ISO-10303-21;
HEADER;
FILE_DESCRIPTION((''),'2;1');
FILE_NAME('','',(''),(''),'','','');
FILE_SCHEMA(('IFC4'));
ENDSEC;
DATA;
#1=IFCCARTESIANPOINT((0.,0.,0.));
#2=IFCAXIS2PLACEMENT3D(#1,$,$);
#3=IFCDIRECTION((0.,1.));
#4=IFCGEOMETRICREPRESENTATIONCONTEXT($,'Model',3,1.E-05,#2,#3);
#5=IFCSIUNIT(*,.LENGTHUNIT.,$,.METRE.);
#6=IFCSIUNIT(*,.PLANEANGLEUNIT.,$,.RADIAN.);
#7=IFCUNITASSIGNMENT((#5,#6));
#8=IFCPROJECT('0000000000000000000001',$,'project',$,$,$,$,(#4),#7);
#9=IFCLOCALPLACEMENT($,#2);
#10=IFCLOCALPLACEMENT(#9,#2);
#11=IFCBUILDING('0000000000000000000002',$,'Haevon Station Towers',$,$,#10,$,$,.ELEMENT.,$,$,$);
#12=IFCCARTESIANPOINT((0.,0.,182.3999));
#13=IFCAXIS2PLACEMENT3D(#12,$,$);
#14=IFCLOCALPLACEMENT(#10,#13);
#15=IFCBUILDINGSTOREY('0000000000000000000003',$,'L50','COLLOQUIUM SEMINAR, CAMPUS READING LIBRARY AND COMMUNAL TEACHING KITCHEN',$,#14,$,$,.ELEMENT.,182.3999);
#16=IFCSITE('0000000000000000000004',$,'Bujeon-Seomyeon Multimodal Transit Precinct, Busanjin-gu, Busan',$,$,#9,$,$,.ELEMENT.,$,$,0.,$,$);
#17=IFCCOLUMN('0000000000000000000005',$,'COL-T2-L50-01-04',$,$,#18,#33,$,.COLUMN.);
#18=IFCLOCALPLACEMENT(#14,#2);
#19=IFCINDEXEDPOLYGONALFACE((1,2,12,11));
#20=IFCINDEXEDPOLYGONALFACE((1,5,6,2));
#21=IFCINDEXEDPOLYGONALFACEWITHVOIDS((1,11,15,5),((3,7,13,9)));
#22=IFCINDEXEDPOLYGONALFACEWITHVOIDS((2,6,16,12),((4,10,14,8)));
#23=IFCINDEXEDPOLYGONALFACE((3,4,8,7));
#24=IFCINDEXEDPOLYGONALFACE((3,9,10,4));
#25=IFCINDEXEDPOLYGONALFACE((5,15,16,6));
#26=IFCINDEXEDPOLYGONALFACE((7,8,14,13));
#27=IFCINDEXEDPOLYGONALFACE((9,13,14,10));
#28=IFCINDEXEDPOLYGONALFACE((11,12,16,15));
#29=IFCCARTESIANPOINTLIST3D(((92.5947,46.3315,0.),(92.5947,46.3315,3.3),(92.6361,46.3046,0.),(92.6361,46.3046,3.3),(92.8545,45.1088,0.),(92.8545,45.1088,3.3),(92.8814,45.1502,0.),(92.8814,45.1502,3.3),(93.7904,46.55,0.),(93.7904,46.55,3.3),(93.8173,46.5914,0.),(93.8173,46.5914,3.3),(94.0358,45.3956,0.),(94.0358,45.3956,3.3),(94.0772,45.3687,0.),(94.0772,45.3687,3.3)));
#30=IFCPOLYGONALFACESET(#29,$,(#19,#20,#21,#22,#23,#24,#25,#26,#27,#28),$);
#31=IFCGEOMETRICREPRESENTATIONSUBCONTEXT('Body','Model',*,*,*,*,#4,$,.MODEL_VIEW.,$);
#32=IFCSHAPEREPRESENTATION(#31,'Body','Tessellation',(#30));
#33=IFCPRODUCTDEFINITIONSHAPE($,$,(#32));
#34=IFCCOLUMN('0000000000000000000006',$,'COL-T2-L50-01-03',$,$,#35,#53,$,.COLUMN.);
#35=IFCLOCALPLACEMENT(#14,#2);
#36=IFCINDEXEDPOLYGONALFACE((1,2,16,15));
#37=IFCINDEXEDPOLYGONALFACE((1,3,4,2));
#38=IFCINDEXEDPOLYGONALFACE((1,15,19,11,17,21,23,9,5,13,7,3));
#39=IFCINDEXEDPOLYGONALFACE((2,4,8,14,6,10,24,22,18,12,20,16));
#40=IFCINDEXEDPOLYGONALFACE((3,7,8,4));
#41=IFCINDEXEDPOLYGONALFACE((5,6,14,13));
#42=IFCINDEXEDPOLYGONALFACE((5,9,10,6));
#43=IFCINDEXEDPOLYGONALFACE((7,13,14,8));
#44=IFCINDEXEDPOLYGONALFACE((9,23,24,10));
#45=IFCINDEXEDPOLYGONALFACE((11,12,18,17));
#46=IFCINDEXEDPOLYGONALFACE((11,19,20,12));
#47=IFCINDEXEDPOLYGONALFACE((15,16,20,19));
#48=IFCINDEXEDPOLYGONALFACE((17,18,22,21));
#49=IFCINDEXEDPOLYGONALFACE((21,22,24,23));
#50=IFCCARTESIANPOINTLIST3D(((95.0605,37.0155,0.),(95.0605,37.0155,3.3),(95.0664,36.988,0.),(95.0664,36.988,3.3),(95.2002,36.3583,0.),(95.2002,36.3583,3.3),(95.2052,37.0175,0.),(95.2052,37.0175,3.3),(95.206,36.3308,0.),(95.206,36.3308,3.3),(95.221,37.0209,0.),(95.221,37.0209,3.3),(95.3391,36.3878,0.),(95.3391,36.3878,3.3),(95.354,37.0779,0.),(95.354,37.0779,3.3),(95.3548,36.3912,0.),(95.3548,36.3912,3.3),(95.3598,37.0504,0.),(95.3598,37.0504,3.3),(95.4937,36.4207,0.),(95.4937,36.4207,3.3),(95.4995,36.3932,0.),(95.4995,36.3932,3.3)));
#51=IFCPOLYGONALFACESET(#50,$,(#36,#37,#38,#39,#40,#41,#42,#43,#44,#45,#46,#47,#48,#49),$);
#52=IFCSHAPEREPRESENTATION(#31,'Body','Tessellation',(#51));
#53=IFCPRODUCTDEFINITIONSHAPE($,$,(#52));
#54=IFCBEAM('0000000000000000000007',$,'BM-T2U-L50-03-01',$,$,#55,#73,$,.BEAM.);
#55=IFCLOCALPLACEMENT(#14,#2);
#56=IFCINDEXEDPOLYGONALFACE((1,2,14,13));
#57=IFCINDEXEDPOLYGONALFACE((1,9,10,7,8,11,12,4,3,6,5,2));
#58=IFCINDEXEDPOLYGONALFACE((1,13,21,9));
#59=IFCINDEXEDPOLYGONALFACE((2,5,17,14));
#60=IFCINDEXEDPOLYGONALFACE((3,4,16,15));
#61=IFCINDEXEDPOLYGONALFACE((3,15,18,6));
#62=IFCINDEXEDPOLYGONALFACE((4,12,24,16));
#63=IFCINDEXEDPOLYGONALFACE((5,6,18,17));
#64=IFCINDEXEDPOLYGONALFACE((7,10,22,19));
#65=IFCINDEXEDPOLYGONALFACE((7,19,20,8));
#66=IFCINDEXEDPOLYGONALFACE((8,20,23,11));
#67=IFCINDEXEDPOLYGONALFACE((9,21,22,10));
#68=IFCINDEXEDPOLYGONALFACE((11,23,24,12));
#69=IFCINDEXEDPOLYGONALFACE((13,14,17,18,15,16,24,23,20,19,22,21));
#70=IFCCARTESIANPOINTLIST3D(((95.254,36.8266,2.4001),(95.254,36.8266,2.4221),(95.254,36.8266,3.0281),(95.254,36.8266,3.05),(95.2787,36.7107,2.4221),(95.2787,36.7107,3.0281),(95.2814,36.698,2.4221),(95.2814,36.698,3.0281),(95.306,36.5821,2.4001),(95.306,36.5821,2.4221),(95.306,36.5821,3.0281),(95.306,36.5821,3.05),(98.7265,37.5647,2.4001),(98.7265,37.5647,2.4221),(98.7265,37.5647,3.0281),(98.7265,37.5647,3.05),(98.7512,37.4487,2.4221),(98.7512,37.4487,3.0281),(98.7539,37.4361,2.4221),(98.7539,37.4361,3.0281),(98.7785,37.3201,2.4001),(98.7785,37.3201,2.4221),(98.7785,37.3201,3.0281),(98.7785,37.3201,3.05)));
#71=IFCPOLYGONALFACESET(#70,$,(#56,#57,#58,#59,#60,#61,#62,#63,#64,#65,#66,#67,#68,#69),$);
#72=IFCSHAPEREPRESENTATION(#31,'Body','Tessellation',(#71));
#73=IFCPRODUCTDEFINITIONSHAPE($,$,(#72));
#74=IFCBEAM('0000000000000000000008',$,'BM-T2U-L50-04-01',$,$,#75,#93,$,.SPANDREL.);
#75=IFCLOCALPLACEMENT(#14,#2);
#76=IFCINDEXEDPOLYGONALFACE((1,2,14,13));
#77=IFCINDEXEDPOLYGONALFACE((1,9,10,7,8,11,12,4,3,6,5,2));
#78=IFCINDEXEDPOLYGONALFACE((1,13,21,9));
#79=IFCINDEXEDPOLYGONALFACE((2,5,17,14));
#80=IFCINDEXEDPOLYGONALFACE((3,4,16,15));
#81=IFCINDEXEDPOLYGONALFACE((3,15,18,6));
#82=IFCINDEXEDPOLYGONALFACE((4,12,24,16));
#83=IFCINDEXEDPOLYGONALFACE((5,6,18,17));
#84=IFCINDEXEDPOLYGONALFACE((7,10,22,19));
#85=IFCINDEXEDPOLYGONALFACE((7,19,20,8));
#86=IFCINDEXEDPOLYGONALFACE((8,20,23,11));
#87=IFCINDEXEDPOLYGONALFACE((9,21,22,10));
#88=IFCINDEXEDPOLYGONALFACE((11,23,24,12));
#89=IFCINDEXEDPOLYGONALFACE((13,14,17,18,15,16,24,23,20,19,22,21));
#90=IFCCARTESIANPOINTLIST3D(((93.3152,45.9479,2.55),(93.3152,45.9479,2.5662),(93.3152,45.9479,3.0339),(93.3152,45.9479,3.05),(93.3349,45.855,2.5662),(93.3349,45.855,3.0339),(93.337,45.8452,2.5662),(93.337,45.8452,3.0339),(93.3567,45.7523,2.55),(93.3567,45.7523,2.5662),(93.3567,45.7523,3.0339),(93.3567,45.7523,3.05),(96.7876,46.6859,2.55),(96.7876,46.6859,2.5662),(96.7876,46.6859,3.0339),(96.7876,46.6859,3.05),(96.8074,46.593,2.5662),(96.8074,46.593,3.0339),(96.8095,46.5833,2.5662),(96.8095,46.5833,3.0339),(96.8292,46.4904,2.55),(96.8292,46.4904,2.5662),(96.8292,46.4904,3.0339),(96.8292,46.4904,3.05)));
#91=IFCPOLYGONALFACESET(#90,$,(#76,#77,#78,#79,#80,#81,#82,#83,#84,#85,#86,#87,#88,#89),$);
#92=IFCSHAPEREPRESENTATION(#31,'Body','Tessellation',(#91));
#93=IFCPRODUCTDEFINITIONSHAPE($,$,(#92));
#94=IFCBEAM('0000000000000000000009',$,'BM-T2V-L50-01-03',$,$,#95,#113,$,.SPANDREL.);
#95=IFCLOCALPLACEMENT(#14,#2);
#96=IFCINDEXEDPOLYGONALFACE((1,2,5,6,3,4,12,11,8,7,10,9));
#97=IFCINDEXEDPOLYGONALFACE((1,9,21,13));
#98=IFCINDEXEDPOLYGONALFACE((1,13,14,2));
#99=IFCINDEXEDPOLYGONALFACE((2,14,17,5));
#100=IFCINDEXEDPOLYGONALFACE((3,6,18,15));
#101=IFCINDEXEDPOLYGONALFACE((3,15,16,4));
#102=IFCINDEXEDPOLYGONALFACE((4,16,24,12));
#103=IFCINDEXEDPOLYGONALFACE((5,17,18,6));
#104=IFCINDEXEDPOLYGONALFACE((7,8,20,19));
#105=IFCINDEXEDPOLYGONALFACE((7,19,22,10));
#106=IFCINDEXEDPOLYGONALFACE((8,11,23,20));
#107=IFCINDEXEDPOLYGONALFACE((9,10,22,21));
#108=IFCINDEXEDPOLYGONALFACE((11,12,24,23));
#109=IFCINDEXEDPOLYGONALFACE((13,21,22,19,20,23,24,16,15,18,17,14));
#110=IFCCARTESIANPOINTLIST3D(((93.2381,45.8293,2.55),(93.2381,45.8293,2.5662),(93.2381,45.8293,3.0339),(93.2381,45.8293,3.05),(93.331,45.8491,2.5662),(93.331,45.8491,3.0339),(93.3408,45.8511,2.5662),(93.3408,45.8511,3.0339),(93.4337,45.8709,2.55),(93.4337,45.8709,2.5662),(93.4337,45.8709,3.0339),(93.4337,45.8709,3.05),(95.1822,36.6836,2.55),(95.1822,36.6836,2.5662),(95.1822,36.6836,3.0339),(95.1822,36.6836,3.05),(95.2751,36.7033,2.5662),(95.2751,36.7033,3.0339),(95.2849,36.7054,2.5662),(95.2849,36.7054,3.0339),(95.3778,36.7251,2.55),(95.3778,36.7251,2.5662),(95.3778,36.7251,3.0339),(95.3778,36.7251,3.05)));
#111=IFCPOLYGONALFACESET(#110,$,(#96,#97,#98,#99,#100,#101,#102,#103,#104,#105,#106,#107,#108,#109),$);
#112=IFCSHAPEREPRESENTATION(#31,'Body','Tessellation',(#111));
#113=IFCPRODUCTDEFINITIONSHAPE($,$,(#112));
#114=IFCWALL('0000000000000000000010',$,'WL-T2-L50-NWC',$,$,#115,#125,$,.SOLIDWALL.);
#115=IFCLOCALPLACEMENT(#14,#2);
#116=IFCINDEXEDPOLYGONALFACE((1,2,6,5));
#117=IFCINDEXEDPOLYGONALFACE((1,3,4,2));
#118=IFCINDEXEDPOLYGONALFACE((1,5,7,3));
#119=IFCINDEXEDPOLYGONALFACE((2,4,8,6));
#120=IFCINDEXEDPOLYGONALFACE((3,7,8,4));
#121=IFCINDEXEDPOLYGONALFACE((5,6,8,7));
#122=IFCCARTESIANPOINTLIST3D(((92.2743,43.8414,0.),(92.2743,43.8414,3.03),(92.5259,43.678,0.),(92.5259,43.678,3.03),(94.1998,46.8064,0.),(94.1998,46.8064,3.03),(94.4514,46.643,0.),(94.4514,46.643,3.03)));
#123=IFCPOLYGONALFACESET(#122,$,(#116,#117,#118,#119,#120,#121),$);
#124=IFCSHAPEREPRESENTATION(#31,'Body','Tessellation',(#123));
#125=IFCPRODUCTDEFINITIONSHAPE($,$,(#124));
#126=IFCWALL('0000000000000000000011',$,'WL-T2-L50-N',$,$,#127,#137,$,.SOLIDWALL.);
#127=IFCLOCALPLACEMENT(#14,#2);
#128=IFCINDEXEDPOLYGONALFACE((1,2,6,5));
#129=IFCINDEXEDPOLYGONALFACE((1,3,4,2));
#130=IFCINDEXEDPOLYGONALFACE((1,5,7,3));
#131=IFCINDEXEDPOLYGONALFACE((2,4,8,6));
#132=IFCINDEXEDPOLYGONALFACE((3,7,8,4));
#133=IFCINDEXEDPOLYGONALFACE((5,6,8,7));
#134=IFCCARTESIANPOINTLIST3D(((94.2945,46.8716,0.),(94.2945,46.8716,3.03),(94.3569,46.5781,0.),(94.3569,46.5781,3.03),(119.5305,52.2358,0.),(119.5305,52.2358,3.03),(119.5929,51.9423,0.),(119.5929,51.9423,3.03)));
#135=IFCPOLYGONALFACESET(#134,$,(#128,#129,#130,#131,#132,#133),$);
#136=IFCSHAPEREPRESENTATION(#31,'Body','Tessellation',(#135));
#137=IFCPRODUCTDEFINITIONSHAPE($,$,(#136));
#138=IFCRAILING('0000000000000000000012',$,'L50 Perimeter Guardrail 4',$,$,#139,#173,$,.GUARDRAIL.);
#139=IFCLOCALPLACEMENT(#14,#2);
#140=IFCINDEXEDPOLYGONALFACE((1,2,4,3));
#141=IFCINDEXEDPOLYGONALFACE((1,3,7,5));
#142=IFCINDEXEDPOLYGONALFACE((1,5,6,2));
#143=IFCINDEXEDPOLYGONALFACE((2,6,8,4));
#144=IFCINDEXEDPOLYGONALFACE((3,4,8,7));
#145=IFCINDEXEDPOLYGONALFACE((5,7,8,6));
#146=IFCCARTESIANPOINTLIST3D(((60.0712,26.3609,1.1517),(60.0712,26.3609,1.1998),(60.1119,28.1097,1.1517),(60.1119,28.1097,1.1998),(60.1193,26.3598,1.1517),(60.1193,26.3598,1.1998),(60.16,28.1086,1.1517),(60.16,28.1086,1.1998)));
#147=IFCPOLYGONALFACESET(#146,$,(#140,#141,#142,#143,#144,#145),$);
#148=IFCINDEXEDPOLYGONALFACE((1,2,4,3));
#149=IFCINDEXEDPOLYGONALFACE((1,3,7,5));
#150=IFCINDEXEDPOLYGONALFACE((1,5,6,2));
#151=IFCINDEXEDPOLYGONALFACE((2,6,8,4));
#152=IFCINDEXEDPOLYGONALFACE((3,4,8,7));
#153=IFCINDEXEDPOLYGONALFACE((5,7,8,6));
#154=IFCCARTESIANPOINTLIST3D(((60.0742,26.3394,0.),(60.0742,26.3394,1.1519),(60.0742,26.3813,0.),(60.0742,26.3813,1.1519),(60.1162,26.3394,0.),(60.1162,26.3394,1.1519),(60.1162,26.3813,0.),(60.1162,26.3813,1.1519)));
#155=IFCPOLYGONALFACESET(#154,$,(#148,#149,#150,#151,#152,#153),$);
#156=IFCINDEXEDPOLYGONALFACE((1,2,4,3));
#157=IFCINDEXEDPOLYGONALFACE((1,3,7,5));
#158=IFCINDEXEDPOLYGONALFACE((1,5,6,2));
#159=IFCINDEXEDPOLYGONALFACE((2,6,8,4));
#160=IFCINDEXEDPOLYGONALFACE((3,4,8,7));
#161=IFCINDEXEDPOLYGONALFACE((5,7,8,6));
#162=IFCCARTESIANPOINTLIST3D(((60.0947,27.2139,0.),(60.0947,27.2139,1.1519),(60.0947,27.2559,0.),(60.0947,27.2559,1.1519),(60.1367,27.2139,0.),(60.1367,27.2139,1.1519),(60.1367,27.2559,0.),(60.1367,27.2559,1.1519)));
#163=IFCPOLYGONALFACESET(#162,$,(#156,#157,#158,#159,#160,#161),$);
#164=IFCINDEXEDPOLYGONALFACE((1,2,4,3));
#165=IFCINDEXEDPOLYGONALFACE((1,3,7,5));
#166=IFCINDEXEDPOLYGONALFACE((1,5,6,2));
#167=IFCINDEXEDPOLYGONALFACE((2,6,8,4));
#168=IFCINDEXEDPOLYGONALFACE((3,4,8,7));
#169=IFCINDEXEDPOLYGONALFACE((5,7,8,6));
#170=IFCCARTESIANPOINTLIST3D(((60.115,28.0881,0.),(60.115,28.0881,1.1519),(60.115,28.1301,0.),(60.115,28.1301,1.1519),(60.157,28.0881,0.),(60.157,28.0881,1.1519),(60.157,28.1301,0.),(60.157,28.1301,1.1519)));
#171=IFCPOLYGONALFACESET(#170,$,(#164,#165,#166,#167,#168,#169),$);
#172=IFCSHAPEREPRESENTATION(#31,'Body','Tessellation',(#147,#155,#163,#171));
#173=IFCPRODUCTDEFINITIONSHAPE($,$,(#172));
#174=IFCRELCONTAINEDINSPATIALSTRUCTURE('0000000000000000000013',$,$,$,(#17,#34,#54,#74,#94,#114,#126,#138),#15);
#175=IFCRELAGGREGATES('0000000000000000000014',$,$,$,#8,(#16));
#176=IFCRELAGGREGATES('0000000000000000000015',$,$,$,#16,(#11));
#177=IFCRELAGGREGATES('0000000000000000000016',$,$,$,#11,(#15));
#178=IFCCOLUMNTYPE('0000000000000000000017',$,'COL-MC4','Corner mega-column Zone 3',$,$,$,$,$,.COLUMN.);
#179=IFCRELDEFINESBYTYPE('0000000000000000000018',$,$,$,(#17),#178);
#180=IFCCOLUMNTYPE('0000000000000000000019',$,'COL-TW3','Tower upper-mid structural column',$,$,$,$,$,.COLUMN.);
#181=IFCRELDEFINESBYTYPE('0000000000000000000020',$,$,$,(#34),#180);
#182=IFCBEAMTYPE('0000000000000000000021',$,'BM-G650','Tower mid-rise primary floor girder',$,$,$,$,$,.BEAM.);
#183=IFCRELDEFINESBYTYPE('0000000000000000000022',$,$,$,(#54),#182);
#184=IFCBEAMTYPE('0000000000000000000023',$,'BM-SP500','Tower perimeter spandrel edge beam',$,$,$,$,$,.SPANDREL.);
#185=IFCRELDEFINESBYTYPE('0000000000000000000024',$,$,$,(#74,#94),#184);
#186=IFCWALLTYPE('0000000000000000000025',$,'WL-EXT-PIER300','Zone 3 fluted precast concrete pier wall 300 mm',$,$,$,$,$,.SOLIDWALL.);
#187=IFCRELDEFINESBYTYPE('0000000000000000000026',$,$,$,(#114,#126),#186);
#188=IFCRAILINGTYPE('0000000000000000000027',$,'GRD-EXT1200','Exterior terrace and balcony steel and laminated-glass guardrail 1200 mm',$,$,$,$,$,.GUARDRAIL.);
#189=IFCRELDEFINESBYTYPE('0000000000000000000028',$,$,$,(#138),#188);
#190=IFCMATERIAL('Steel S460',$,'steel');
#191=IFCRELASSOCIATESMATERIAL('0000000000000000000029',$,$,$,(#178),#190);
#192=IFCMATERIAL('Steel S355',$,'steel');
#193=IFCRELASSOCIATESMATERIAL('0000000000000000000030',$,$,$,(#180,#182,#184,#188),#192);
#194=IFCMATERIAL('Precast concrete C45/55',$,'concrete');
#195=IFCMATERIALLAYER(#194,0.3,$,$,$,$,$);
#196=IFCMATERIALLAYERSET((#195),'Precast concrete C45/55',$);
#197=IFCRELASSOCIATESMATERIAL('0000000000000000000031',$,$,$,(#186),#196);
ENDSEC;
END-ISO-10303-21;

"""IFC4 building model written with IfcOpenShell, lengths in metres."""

from ifc_helpers import new_model, si_unit, direction, frame, frame_2d, origin, origin_2d, place, context, subcontext, project, spatial, rectangle, hollow_rectangle, i_section, extrude, material, layer, layer_set, material_profile, profile_set, type_object, element, save


model = new_model("IFC4")

# Units and contexts
model_context = context("Model", 3, precision=1e-05, world=origin(), true_north=direction((0.0, 1.0)))
body_context = subcontext(model_context, "Body", "Model", "MODEL_VIEW")
ifc_project = project(units=[si_unit("LENGTHUNIT", "METRE"), si_unit("PLANEANGLEUNIT", "RADIAN")], contexts=[model_context])

# Site, building, storey
site_placement = place(None, origin())
site = spatial("IfcSite", under=ifc_project, at=site_placement, Name="Bujeon-Seomyeon Multimodal Transit Precinct, Busanjin-gu, Busan", CompositionType="ELEMENT", RefElevation=0.0)
building_placement = place(site_placement, origin())
building = spatial("IfcBuilding", under=site, at=building_placement, Name="Haevon Station Towers", CompositionType="ELEMENT")
storey_placement = place(building_placement, frame((0.0, 0.0, 182.3999)))
storey = spatial("IfcBuildingStorey", under=building, at=storey_placement, Name="L50", Description="COLLOQUIUM SEMINAR, CAMPUS READING LIBRARY AND COMMUNAL TEACHING KITCHEN", CompositionType="ELEMENT", Elevation=182.3999)

# Columns
ifc_material_1 = material(Name="Steel S460", Category="steel")
ifc_material_profile_1 = material_profile(ifc_material_1, hollow_rectangle(XDim=1.25, YDim=1.25, WallThickness=0.0349, at=origin_2d()), Name="BOX-1250x1250x35")
ifc_profile_set_1 = profile_set([ifc_material_profile_1], Name="Steel S460")
column_type_1 = type_object("IfcColumnType", Name="COL-MC4", Description="Corner mega-column Zone 3", PredefinedType="COLUMN", material=ifc_profile_set_1)
column_1_placement = place(storey_placement, frame((93.3359, 45.8501, 0.0), z_axis=(0.0, 0.0, 1.0), x_axis=(0.978148, 0.207912, 0.0)))
element("IfcColumn", 1, at=column_1_placement, inside=storey, type_object=column_type_1, Name="COL-T2-L50-01-04", PredefinedType="COLUMN", context=body_context, shape_type="SweptSolid", body=[
    extrude(hollow_rectangle(XDim=1.25, YDim=1.25, WallThickness=0.0349, at=origin_2d()), origin(), (0.0, 0.0, 1.0), 3.3),
])
ifc_material_2 = material(Name="Steel S355", Category="steel")
ifc_material_profile_2 = material_profile(ifc_material_2, i_section(OverallWidth=0.3, OverallDepth=0.7, WebThickness=0.0161, FlangeThickness=0.0281, at=origin_2d()), Name="H-700x300x16x28")
ifc_profile_set_2 = profile_set([ifc_material_profile_2], Name="Steel S355")
column_type_2 = type_object("IfcColumnType", Name="COL-TW3", Description="Tower upper-mid structural column", PredefinedType="COLUMN", material=ifc_profile_set_2)
column_2_placement = place(storey_placement, frame((95.28, 36.7043, 0.0), z_axis=(0.0, 0.0, 1.0), x_axis=(0.978148, 0.207912, 0.0)))
element("IfcColumn", 2, at=column_2_placement, inside=storey, type_object=column_type_2, Name="COL-T2-L50-01-03", PredefinedType="COLUMN", context=body_context, shape_type="SweptSolid", body=[
    extrude(i_section(OverallWidth=0.3, OverallDepth=0.7, WebThickness=0.0161, FlangeThickness=0.0281, at=origin_2d()), origin(), (0.0, 0.0, 1.0), 3.3),
])

# Beams
ifc_material_profile_3 = material_profile(ifc_material_2, i_section(OverallWidth=0.25, OverallDepth=0.6499, WebThickness=0.0129, FlangeThickness=0.022, at=origin_2d()), Name="H-650x250x13x22")
ifc_profile_set_3 = profile_set([ifc_material_profile_3], Name="Steel S355")
beam_type_1 = type_object("IfcBeamType", Name="BM-G650", Description="Tower mid-rise primary floor girder", PredefinedType="BEAM", material=ifc_profile_set_3)
beam_1_placement = place(storey_placement, frame((95.28, 36.7043, 2.7251), z_axis=(0.97815, 0.207899, 0.0), x_axis=(-0.207899, 0.97815, 0.0)))
element("IfcBeam", 3, at=beam_1_placement, inside=storey, type_object=beam_type_1, Name="BM-T2U-L50-03-01", PredefinedType="BEAM", context=body_context, shape_type="SweptSolid", body=[
    extrude(i_section(OverallWidth=0.25, OverallDepth=0.6499, WebThickness=0.0129, FlangeThickness=0.022, at=origin_2d()), origin(), (0.0, 0.0, 1.0), 3.55),
])
ifc_material_profile_4 = material_profile(ifc_material_2, i_section(OverallWidth=0.2, OverallDepth=0.5, WebThickness=0.01, FlangeThickness=0.0161, at=origin_2d()), Name="H-500x200x10x16")
ifc_profile_set_4 = profile_set([ifc_material_profile_4], Name="Steel S355")
beam_type_2 = type_object("IfcBeamType", Name="BM-SP500", Description="Tower perimeter spandrel edge beam", PredefinedType="SPANDREL", material=ifc_profile_set_4)
beam_2_placement = place(storey_placement, frame((93.3359, 45.8501, 2.8), z_axis=(0.97815, 0.207899, 0.0), x_axis=(-0.207899, 0.97815, 0.0)))
element("IfcBeam", 4, at=beam_2_placement, inside=storey, type_object=beam_type_2, Name="BM-T2U-L50-04-01", PredefinedType="SPANDREL", context=body_context, shape_type="SweptSolid", body=[
    extrude(i_section(OverallWidth=0.2, OverallDepth=0.5, WebThickness=0.01, FlangeThickness=0.0161, at=origin_2d()), origin(), (0.0, 0.0, 1.0), 3.55),
])
beam_3_placement = place(storey_placement, frame((95.28, 36.7043, 2.8), z_axis=(-0.207922, 0.978145, 0.0), x_axis=(-0.978145, -0.207922, 0.0)))
element("IfcBeam", 5, at=beam_3_placement, inside=storey, type_object=beam_type_2, Name="BM-T2V-L50-01-03", PredefinedType="SPANDREL", context=body_context, shape_type="SweptSolid", body=[
    extrude(i_section(OverallWidth=0.2, OverallDepth=0.5, WebThickness=0.01, FlangeThickness=0.0161, at=origin_2d()), origin(), (0.0, 0.0, 1.0), 9.3501),
])

# Walls
ifc_material_3 = material(Name="Precast concrete C45/55", Category="concrete")
ifc_layer_1 = layer(ifc_material_3, 0.3)
ifc_layer_set_1 = layer_set([ifc_layer_1], Name="Precast concrete C45/55")
wall_type = type_object("IfcWallType", Name="WL-EXT-PIER300", Description="Zone 3 fluted precast concrete pier wall 300 mm", PredefinedType="SOLIDWALL", material=ifc_layer_set_1)
wall_1_placement = place(storey_placement, frame((92.4001, 43.7598, 0.0), z_axis=(0.0, 0.0, 1.0), x_axis=(0.544636, 0.838672, 0.0)))
element("IfcWall", 6, at=wall_1_placement, inside=storey, type_object=wall_type, Name="WL-T2-L50-NWC", PredefinedType="SOLIDWALL", context=body_context, shape_type="SweptSolid", body=[
    extrude(rectangle(XDim=3.5354, YDim=0.3, at=frame_2d((1.7676, 0.0))), origin(), (0.0, 0.0, 1.0), 3.03),
])
wall_2_placement = place(storey_placement, frame((94.3257, 46.7249, 0.0), z_axis=(0.0, 0.0, 1.0), x_axis=(0.978146, 0.207918, 0.0)))
element("IfcWall", 7, at=wall_2_placement, inside=storey, type_object=wall_type, Name="WL-T2-L50-N", PredefinedType="SOLIDWALL", context=body_context, shape_type="SweptSolid", body=[
    extrude(rectangle(XDim=25.7998, YDim=0.3, at=frame_2d((12.8999, 0.0))), origin(), (0.0, 0.0, 1.0), 3.03),
])

# Railing
railing_type = type_object("IfcRailingType", Name="GRD-EXT1200", Description="Exterior terrace and balcony steel and laminated-glass guardrail 1200 mm", PredefinedType="GUARDRAIL", material=ifc_material_2)
railing_1_placement = place(storey_placement, frame((60.0952, 26.3604, 0.0)))
element("IfcRailing", 8, at=railing_1_placement, inside=storey, type_object=railing_type, Name="L50 Perimeter Guardrail 4", PredefinedType="GUARDRAIL", context=body_context, shape_type="SweptSolid", body=[
    extrude(rectangle(XDim=0.0481, YDim=0.0481, at=origin_2d()), frame((0.0, 0.0, 1.1758), z_axis=(0.023308, 0.999728, 0.0), x_axis=(-0.999728, 0.023308, 0.0)), (0.0, 0.0, 1.0), 1.7493),
    extrude(rectangle(XDim=0.042, YDim=0.042, at=origin_2d()), origin(), (0.0, 0.0, 1.0), 1.1519),
    extrude(rectangle(XDim=0.042, YDim=0.042, at=origin_2d()), frame((0.0205, 0.8745, 0.0)), (0.0, 0.0, 1.0), 1.1519),
    extrude(rectangle(XDim=0.042, YDim=0.042, at=origin_2d()), frame((0.0408, 1.7488, 0.0)), (0.0, 0.0, 1.0), 1.1519),
])

save(model, "model.ifc")
